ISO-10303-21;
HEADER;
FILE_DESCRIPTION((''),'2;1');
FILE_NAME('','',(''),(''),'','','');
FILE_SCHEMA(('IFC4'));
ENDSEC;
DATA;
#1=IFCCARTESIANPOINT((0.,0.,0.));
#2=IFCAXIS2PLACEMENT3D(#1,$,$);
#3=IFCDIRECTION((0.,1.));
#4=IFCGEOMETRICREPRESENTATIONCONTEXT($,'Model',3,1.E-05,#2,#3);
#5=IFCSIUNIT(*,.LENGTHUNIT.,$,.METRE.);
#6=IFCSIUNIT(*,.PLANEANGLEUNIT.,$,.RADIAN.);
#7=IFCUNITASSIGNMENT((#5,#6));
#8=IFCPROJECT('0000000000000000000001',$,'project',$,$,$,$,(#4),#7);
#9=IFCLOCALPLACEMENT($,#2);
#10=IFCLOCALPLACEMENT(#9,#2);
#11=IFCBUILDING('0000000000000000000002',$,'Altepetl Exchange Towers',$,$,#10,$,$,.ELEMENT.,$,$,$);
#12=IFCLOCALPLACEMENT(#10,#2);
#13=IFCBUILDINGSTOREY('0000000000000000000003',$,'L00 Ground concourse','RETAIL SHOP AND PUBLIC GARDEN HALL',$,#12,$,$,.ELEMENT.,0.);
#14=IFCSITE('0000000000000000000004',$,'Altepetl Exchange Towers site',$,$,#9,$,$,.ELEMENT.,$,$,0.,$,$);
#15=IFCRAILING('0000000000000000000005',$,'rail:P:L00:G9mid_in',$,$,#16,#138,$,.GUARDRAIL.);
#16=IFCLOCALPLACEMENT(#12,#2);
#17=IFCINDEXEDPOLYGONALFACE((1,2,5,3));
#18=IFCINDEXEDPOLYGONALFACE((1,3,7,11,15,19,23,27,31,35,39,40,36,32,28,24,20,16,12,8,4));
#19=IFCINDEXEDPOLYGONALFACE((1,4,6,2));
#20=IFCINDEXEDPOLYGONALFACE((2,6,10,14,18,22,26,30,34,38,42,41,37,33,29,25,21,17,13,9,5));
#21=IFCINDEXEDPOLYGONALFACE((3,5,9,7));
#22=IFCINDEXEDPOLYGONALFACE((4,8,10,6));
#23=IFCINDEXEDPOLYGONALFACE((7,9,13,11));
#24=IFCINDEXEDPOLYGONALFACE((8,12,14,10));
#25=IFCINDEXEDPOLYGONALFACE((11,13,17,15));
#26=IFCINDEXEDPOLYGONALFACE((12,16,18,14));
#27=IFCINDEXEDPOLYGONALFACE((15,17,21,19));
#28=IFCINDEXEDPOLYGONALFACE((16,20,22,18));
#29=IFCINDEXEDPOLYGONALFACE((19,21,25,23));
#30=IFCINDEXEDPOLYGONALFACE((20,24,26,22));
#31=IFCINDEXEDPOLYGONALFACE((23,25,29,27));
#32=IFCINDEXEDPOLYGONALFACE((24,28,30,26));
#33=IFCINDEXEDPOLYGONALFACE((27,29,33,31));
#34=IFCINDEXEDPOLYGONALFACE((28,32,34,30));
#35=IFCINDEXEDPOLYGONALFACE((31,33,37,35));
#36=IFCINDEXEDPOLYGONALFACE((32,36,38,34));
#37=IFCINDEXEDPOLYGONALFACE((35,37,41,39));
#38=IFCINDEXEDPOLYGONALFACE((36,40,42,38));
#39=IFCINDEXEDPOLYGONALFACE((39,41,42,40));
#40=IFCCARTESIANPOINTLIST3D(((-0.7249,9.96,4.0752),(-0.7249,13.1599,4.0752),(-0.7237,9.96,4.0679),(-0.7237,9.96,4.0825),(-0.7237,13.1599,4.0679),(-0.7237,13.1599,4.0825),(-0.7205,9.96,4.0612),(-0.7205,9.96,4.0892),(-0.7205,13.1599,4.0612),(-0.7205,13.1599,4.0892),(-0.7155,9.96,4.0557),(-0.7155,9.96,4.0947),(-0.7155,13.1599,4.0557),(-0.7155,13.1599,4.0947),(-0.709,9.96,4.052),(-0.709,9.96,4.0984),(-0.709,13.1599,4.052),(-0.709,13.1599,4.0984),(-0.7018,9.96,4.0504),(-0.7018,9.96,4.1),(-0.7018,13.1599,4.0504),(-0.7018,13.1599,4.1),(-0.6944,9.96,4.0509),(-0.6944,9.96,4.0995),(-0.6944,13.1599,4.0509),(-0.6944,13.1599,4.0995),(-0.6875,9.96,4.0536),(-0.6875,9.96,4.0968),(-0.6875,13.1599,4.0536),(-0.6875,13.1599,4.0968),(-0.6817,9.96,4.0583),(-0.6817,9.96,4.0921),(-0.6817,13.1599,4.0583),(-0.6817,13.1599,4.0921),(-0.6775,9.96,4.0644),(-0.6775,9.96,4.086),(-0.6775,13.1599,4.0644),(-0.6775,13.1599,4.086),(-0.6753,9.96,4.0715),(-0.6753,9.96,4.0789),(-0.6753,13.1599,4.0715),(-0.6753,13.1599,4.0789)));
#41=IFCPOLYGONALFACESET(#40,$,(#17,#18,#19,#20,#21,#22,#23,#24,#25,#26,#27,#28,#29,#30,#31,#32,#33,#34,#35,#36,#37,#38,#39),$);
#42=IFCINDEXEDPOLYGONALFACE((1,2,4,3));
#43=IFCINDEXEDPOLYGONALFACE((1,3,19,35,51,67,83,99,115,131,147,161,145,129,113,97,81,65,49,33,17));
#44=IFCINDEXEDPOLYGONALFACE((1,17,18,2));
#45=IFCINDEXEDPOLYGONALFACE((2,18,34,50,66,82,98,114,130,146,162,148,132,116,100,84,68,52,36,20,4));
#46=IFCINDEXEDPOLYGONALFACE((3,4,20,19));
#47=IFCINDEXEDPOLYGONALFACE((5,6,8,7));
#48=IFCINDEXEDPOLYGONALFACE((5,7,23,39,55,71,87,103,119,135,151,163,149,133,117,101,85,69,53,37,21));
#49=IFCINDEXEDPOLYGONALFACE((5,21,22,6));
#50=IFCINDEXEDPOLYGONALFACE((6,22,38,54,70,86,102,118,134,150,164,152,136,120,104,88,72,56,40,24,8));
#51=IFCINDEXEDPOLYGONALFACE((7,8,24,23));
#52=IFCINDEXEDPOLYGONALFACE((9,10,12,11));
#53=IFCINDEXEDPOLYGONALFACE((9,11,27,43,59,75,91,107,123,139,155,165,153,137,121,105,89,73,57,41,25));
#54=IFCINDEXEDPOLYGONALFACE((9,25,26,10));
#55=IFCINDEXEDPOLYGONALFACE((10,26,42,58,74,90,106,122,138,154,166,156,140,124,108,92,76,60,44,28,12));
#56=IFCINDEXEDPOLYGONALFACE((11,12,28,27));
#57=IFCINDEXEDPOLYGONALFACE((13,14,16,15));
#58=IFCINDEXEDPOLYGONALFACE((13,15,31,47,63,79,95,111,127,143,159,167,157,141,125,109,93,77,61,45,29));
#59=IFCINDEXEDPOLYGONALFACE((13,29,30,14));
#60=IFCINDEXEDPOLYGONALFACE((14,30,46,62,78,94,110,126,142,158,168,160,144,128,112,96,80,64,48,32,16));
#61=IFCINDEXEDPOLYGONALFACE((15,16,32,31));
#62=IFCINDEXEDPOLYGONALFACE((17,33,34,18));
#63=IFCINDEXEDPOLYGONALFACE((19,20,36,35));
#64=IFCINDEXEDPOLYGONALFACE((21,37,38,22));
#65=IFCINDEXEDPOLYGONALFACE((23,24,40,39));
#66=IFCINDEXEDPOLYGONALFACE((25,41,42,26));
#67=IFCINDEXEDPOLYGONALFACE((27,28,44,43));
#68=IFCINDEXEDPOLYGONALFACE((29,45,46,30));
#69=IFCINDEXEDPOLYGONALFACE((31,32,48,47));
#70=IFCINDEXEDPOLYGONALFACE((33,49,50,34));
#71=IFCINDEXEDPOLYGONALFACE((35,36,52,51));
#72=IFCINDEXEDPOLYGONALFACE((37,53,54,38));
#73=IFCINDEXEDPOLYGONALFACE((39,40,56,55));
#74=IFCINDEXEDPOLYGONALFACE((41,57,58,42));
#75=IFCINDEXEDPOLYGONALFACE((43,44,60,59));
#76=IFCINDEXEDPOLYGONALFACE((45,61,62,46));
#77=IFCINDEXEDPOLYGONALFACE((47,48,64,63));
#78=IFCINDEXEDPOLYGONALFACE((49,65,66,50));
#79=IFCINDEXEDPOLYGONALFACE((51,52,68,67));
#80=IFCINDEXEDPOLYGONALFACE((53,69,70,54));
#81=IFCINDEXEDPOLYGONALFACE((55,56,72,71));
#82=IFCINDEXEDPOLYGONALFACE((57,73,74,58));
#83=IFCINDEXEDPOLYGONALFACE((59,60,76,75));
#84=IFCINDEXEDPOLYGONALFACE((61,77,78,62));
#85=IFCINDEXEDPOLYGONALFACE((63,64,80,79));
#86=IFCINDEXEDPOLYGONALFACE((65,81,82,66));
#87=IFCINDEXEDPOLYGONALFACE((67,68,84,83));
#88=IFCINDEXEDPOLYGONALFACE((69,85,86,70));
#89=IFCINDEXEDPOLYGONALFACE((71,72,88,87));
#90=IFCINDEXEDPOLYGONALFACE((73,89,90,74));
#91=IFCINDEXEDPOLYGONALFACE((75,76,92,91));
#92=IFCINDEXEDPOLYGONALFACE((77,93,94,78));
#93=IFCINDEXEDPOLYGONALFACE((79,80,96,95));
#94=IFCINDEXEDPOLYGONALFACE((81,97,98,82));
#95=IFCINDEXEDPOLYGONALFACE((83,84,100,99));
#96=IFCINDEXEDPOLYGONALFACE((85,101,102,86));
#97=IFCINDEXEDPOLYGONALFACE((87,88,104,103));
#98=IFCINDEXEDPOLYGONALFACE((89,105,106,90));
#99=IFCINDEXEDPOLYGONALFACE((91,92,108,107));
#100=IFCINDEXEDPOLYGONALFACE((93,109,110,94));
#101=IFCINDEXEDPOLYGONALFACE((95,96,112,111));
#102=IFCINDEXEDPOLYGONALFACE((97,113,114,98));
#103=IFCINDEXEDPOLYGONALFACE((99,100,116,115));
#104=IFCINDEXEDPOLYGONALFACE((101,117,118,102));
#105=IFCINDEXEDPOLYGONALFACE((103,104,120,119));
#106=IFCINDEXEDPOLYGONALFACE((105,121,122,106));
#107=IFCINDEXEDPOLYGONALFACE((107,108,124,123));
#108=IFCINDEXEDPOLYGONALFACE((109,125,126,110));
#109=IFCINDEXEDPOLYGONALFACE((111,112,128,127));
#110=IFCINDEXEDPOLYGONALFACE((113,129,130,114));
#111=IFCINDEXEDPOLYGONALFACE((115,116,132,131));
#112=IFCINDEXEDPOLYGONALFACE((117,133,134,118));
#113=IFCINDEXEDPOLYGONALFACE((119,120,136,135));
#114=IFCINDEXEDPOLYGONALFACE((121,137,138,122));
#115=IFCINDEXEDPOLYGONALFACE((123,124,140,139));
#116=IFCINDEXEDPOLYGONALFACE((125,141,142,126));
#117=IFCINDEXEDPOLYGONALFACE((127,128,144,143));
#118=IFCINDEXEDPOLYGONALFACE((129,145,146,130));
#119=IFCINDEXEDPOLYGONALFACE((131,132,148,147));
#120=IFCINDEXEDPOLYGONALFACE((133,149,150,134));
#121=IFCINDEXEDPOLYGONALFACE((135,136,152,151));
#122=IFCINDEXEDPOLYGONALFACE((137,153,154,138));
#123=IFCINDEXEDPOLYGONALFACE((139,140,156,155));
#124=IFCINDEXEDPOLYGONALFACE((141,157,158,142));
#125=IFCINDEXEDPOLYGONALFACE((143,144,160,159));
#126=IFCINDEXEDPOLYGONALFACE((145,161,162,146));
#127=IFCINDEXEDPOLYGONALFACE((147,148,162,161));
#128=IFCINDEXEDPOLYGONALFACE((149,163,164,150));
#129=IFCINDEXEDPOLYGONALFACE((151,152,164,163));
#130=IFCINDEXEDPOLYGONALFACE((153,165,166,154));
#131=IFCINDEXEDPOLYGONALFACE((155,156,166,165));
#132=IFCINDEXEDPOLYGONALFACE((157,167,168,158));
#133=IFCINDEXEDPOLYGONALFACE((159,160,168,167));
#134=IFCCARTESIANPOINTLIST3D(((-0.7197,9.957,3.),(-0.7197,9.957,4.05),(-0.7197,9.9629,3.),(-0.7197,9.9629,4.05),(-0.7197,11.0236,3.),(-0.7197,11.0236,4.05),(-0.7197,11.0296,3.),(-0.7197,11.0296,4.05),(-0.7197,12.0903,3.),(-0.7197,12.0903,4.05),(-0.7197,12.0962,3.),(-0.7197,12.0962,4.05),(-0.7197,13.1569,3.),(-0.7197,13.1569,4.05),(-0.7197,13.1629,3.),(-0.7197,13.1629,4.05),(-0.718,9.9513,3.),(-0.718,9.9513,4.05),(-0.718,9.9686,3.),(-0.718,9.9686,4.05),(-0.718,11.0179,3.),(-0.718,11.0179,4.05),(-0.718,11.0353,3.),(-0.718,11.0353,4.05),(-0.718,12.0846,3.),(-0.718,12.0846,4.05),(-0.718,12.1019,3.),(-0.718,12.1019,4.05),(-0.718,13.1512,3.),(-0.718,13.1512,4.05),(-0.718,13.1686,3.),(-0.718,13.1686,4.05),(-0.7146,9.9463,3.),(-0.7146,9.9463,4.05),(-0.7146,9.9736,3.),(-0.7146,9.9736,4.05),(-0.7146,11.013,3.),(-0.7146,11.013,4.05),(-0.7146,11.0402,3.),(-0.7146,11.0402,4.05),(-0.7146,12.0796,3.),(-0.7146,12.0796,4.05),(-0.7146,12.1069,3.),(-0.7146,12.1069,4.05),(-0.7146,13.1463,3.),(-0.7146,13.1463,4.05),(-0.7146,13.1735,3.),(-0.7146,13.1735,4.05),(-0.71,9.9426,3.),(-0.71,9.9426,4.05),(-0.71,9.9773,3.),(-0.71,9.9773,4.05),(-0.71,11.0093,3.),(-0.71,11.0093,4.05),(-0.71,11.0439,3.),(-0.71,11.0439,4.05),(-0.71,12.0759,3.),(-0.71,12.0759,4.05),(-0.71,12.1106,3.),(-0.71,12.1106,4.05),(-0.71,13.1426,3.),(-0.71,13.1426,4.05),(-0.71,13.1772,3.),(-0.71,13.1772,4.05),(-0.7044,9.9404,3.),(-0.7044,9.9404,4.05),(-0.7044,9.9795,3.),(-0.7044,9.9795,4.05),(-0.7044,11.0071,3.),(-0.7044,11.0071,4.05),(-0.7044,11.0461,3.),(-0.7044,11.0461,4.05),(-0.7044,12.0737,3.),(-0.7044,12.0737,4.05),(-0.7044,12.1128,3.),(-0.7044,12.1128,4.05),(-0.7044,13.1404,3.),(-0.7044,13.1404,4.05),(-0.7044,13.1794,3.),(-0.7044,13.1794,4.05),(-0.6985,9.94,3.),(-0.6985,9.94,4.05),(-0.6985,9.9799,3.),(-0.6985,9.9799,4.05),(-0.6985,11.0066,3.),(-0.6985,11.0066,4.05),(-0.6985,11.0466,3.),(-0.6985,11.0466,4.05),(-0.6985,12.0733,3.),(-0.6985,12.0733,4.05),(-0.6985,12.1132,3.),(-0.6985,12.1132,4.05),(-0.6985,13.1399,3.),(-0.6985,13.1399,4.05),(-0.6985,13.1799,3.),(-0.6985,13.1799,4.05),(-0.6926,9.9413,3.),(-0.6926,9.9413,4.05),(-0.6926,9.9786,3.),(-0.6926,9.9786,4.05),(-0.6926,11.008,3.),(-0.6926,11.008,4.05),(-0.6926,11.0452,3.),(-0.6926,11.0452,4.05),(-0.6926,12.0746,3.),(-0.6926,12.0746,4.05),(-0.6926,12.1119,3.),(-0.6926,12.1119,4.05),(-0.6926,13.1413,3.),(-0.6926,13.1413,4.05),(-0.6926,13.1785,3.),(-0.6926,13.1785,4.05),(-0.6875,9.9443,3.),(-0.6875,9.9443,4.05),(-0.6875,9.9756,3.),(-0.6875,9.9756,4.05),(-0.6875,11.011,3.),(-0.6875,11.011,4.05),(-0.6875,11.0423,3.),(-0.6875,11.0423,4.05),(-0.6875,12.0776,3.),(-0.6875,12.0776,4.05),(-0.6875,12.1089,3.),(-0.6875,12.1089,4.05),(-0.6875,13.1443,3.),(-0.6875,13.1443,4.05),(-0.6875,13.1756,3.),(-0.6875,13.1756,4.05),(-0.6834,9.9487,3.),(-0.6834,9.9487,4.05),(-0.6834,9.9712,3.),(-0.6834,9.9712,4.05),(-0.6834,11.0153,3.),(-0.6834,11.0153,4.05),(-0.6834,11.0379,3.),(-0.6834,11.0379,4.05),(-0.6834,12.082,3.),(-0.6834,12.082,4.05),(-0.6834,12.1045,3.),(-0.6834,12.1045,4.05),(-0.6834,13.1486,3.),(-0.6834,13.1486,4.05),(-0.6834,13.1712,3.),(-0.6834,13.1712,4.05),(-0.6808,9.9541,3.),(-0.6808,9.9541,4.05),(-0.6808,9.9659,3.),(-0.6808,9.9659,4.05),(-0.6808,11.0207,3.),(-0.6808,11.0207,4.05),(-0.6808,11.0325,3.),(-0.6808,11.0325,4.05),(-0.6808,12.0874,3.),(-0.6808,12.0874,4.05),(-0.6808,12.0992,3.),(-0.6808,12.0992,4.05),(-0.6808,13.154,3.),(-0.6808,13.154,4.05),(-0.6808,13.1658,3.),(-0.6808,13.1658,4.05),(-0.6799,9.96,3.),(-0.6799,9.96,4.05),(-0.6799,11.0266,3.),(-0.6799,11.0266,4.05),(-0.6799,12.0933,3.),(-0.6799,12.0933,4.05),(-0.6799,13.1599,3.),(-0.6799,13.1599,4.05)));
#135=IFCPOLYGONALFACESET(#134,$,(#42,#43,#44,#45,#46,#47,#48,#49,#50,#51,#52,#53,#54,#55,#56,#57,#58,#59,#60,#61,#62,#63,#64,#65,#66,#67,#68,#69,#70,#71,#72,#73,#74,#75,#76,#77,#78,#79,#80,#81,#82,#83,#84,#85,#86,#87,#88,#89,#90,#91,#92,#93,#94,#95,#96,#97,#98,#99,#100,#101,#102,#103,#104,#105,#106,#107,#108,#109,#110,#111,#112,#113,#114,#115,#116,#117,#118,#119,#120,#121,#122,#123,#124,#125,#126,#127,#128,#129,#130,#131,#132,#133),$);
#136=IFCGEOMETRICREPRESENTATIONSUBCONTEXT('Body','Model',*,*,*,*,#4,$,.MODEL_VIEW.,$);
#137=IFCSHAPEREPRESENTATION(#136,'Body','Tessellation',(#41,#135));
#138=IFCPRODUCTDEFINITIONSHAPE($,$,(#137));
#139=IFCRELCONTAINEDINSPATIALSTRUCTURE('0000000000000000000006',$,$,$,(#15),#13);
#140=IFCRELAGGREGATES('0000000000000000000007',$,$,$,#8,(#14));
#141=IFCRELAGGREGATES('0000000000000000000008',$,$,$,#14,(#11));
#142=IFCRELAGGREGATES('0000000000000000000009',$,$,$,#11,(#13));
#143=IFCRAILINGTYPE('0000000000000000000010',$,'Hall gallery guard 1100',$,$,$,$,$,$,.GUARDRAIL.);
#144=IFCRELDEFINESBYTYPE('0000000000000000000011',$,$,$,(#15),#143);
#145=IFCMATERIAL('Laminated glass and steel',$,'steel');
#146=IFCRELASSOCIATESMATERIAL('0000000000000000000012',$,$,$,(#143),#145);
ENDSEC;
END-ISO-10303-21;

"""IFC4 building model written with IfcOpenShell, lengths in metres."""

from ifc_helpers import new_model, si_unit, direction, frame, origin, origin_2d, place, context, subcontext, project, spatial, circle, extrude, source, transform, mapped, material, type_object, element, save


model = new_model("IFC4")

# Units and contexts
model_context = context("Model", 3, precision=1e-05, world=origin(), true_north=direction((0.0, 1.0)))
body_context = subcontext(model_context, "Body", "Model", "MODEL_VIEW")
ifc_project = project(units=[si_unit("LENGTHUNIT", "METRE"), si_unit("PLANEANGLEUNIT", "RADIAN")], contexts=[model_context])

# Site, building, storey
site_placement = place(None, origin())
site = spatial("IfcSite", under=ifc_project, at=site_placement, Name="Altepetl Exchange Towers site", CompositionType="ELEMENT", RefElevation=0.0)
building_placement = place(site_placement, origin())
building = spatial("IfcBuilding", under=site, at=building_placement, Name="Altepetl Exchange Towers", CompositionType="ELEMENT")
storey_placement = place(building_placement, origin())
storey = spatial("IfcBuildingStorey", under=building, at=storey_placement, Name="L00 Ground concourse", Description="RETAIL SHOP AND PUBLIC GARDEN HALL", CompositionType="ELEMENT", Elevation=0.0)

# Railing
ifc_material_1 = material(Name="Laminated glass and steel", Category="steel")
railing_type_1 = type_object("IfcRailingType", Name="Hall gallery guard 1100", PredefinedType="GUARDRAIL", material=ifc_material_1)
shared_shape_1 = source(origin(), body_context, "Body", "SweptSolid", [
    extrude(circle(Radius=0.02, at=origin_2d()), origin(), (0.0, 0.0, 1.0), 1.05),
])
for number, where, name in (
    (1, (-0.7, 9.96, 3.0), "rail:P:L00:G9mid_in"),
):
    element("IfcRailing", number, at=place(storey_placement, frame(where)), inside=storey, type_object=railing_type_1, Name=name, PredefinedType="GUARDRAIL", context=body_context, shape_type="SweptSolid", body=[
        extrude(circle(Radius=0.0249, at=origin_2d()), frame((0.0, 0.0, 1.0752), z_axis=(0.0, 1.0, 0.0), x_axis=(-1.0, 0.0, 0.0)), (0.0, 0.0, 1.0), 3.2),
        mapped(shared_shape_1, transform((0.0, 0.0, 0.0))),
        mapped(shared_shape_1, transform((0.0, 1.0667, 0.0))),
        mapped(shared_shape_1, transform((0.0, 2.1333, 0.0))),
        mapped(shared_shape_1, transform((0.0, 3.2, 0.0))),
    ])

save(model, "model.ifc")
